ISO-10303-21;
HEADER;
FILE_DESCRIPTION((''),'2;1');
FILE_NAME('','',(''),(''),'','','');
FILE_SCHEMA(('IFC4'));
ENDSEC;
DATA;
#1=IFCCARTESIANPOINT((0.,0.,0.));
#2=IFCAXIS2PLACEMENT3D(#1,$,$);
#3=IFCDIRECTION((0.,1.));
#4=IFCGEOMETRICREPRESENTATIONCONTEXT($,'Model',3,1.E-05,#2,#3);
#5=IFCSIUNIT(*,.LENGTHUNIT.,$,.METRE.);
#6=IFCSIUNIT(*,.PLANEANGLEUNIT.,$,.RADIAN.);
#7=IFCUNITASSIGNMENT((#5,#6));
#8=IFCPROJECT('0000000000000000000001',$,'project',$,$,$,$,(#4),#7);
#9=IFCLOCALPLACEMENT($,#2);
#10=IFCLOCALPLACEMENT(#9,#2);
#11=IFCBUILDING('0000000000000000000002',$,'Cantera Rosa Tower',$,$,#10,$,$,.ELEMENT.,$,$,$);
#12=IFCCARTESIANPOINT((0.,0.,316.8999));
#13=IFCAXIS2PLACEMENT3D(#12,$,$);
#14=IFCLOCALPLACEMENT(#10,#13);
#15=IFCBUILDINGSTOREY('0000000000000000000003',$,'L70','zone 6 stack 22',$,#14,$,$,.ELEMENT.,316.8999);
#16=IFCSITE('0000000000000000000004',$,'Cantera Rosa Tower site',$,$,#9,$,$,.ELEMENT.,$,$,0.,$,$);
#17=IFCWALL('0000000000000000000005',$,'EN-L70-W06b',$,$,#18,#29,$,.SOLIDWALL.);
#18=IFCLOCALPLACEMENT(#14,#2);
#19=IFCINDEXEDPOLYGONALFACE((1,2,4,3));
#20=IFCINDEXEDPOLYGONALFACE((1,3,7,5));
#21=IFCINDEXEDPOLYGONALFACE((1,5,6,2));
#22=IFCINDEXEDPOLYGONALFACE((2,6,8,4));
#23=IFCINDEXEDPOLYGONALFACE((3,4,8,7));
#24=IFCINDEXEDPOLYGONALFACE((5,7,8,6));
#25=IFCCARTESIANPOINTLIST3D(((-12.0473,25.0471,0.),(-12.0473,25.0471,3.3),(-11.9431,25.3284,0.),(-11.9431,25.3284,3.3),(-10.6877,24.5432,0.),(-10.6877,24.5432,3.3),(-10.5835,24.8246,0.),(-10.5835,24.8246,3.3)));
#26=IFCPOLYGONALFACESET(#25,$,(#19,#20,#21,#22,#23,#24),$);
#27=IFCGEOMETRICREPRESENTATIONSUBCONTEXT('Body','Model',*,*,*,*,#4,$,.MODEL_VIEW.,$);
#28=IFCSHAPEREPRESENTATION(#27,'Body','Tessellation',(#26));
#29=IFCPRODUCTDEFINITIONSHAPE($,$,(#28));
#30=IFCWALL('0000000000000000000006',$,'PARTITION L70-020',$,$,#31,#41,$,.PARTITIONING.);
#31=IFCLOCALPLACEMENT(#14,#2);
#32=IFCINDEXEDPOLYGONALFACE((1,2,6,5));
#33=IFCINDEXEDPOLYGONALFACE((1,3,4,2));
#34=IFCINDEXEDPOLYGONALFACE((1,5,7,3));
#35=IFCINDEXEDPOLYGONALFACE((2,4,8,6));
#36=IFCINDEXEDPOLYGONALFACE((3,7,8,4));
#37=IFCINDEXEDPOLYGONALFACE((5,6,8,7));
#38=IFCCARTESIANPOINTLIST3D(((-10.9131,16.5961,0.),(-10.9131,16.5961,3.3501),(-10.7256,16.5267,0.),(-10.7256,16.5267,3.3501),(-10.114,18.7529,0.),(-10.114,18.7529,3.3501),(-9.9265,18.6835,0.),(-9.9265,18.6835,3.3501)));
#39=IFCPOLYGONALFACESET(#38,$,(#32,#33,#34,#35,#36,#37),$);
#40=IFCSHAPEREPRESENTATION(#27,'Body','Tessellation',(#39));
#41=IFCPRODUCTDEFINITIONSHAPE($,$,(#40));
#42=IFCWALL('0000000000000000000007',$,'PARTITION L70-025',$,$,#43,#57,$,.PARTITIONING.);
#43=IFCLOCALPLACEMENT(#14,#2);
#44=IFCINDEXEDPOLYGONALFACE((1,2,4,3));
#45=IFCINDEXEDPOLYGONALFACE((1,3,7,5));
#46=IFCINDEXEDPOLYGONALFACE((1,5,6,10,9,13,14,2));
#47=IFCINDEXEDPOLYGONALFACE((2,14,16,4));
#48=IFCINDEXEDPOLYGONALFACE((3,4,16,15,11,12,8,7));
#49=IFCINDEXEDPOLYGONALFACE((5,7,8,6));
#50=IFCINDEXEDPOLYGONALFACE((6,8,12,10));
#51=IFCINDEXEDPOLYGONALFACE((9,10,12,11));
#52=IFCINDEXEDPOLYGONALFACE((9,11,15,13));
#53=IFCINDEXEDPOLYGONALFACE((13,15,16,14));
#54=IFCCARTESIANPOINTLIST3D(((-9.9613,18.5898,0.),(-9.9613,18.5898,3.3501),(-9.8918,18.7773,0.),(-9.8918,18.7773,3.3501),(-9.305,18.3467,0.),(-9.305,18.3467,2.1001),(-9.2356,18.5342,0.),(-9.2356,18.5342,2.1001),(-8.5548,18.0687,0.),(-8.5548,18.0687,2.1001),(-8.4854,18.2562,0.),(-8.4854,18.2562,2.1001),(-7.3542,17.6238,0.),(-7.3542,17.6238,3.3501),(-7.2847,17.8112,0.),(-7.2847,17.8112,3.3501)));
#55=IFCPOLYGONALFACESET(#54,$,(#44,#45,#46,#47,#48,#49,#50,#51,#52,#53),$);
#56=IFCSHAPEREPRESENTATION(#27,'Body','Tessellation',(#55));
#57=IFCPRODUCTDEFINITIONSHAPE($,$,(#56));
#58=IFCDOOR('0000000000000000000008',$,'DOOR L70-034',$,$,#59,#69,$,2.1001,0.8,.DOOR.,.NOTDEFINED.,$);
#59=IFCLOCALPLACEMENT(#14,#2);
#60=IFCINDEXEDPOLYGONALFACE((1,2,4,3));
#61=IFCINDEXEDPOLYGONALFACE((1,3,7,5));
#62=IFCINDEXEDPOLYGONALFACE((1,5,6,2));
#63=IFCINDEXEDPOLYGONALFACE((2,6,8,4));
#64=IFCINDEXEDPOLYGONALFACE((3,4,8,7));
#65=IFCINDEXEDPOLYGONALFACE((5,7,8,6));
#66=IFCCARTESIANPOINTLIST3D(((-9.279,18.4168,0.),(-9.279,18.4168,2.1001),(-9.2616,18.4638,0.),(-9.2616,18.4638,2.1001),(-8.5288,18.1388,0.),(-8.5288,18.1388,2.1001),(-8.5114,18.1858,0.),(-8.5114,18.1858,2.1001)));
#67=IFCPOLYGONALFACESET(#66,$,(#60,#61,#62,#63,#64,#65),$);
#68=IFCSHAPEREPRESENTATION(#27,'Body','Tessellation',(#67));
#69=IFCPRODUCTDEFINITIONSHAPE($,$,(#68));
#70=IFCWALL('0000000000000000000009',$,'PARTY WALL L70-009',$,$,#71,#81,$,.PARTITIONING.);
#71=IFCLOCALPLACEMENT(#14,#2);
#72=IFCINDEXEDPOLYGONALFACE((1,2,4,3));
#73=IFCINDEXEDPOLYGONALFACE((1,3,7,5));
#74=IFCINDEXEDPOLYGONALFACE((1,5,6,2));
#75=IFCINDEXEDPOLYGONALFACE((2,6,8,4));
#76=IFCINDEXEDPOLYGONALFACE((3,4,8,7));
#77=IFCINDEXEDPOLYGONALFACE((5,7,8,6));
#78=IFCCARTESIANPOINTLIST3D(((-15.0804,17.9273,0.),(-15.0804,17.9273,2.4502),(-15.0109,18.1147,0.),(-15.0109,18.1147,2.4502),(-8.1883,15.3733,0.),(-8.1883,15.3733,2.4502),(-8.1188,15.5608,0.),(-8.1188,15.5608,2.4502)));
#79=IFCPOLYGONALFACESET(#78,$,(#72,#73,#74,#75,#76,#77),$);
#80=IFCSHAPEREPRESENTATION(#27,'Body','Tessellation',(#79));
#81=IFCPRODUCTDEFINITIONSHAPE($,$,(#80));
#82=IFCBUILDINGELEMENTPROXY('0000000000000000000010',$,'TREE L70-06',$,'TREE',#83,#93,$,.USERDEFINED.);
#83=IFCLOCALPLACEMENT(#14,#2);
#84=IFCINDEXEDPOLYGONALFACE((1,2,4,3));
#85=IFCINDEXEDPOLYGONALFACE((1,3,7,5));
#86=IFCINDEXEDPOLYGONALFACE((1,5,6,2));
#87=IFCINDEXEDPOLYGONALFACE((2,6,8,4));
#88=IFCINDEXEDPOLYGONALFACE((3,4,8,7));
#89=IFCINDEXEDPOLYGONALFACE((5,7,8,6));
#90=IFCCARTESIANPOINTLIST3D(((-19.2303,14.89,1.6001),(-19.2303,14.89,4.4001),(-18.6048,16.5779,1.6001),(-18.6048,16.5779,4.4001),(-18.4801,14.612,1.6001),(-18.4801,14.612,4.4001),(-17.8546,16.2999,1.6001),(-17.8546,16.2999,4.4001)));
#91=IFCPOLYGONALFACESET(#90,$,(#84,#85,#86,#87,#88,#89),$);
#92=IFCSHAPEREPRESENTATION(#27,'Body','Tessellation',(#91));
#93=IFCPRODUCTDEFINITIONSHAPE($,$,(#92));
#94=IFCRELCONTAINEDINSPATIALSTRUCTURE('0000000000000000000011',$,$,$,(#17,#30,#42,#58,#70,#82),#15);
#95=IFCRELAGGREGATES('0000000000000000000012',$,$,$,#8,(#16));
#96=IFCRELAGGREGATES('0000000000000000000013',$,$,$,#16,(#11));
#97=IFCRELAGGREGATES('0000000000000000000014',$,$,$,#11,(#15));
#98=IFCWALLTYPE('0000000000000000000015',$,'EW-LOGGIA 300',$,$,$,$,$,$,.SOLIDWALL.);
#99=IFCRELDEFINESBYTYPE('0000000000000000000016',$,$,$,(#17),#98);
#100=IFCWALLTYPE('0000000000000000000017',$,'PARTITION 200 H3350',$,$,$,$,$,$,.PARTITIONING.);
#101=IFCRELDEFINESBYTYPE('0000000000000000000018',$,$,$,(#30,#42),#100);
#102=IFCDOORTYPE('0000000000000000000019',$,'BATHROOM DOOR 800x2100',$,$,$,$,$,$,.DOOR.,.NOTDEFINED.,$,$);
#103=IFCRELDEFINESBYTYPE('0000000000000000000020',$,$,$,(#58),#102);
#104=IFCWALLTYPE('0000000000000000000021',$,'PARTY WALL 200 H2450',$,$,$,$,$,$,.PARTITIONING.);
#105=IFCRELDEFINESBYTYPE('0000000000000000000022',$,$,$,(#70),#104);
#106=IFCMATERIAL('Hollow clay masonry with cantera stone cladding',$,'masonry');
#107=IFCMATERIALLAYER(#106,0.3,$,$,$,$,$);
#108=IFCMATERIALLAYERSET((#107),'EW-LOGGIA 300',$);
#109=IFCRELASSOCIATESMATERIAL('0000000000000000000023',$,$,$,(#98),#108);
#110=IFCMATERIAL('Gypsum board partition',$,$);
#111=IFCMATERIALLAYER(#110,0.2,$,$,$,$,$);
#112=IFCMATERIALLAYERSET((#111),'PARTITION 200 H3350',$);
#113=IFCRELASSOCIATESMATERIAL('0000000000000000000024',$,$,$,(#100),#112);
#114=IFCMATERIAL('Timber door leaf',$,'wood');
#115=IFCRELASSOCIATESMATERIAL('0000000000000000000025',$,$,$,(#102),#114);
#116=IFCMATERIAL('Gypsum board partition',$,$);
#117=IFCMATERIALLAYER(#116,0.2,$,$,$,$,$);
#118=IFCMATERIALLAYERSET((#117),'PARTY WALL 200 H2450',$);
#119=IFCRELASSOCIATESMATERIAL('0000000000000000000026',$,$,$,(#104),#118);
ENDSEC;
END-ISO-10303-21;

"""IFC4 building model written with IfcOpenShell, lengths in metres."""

from ifc_helpers import new_model, si_unit, direction, frame, frame_2d, origin, origin_2d, place, context, subcontext, project, spatial, rectangle, extrude, material, layer, layer_set, type_object, element, fill, save


model = new_model("IFC4")

# Units and contexts
model_context = context("Model", 3, precision=1e-05, world=origin(), true_north=direction((0.0, 1.0)))
body_context = subcontext(model_context, "Body", "Model", "MODEL_VIEW")
ifc_project = project(units=[si_unit("LENGTHUNIT", "METRE"), si_unit("PLANEANGLEUNIT", "RADIAN")], contexts=[model_context])

# Site, building, storey
site_placement = place(None, origin())
site = spatial("IfcSite", under=ifc_project, at=site_placement, Name="Cantera Rosa Tower site", CompositionType="ELEMENT", RefElevation=0.0)
building_placement = place(site_placement, origin())
building = spatial("IfcBuilding", under=site, at=building_placement, Name="Cantera Rosa Tower", CompositionType="ELEMENT")
storey_placement = place(building_placement, frame((0.0, 0.0, 316.8999)))
storey = spatial("IfcBuildingStorey", under=building, at=storey_placement, Name="L70", Description="zone 6 stack 22", CompositionType="ELEMENT", Elevation=316.8999)

# Wall
ifc_material_1 = material(Name="Hollow clay masonry with cantera stone cladding", Category="masonry")
ifc_layer_1 = layer(ifc_material_1, 0.3)
ifc_layer_set_1 = layer_set([ifc_layer_1], Name="EW-LOGGIA 300")
wall_type_1 = type_object("IfcWallType", Name="EW-LOGGIA 300", PredefinedType="SOLIDWALL", material=ifc_layer_set_1)
wall_1_placement = place(storey_placement, frame((-10.6355, 24.6838, 0.0), z_axis=(0.0, 0.0, 1.0), x_axis=(-0.937672, 0.347523, 0.0)))
element("IfcWall", 1, at=wall_1_placement, inside=storey, type_object=wall_type_1, Name="EN-L70-W06b", PredefinedType="SOLIDWALL", context=body_context, shape_type="SweptSolid", body=[
    extrude(rectangle(XDim=1.45, YDim=0.3, at=frame_2d((0.7251, 0.0))), origin(), (0.0, 0.0, 1.0), 3.3),
])

# Wall
ifc_material_2 = material(Name="Gypsum board partition")
ifc_layer_2 = layer(ifc_material_2, 0.2)
ifc_layer_set_2 = layer_set([ifc_layer_2], Name="PARTITION 200 H3350")
wall_type_2 = type_object("IfcWallType", Name="PARTITION 200 H3350", PredefinedType="PARTITIONING", material=ifc_layer_set_2)
wall_2_placement = place(storey_placement, frame((-10.8193, 16.5615, 0.0), z_axis=(0.0, 0.0, 1.0), x_axis=(0.347422, 0.937709, 0.0)))
element("IfcWall", 2, at=wall_2_placement, inside=storey, type_object=wall_type_2, Name="PARTITION L70-020", PredefinedType="PARTITIONING", context=body_context, shape_type="SweptSolid", body=[
    extrude(rectangle(XDim=2.3, YDim=0.2, at=frame_2d((1.1499, 0.0))), origin(), (0.0, 0.0, 1.0), 3.3501),
])

# Wall, opening, door
wall_3_placement = place(storey_placement, frame((-9.9265, 18.6836, 0.0), z_axis=(0.0, 0.0, 1.0), x_axis=(0.937686, -0.347483, 0.0)))
wall_3 = element("IfcWall", 3, at=wall_3_placement, inside=storey, type_object=wall_type_2, Name="PARTITION L70-025", PredefinedType="PARTITIONING", context=body_context, shape_type="SweptSolid", body=[
    extrude(rectangle(XDim=2.7803, YDim=0.2, at=frame_2d((1.3901, 0.0))), origin(), (0.0, 0.0, 1.0), 3.3501),
])
opening_1_placement = place(wall_3_placement, frame((0.7, 0.0, 0.0)))
opening_1 = element("IfcOpeningElement", 4, at=opening_1_placement, cuts=wall_3, PredefinedType="OPENING", context=body_context, shape_type="SweptSolid", body=[
    extrude(rectangle(XDim=0.8, YDim=2.1001, at=frame_2d((0.3999, 1.05))), frame((0.0, 0.1099, 0.0), z_axis=(0.0, -1.0, 0.0), x_axis=(1.0, 0.0, 0.0)), (0.0, 0.0, 1.0), 0.22),
])
ifc_material_3 = material(Name="Timber door leaf", Category="wood")
door_type_1 = type_object("IfcDoorType", Name="BATHROOM DOOR 800x2100", OperationType="NOTDEFINED", PredefinedType="DOOR", material=ifc_material_3)
door_1_placement = place(opening_1_placement, origin())
door_1 = element("IfcDoor", 5, at=door_1_placement, inside=storey, type_object=door_type_1, Name="DOOR L70-034", OperationType="NOTDEFINED", OverallHeight=2.1001, OverallWidth=0.8, PredefinedType="DOOR", context=body_context, shape_type="SweptSolid", body=[
    extrude(rectangle(XDim=0.8, YDim=2.1001, at=frame_2d((0.3999, 1.05))), frame((0.0, 0.0249, 0.0), z_axis=(0.0, -1.0, 0.0), x_axis=(1.0, 0.0, 0.0)), (0.0, 0.0, 1.0), 0.05),
])
fill(opening_1, door_1)

# Wall
ifc_material_4 = material(Name="Gypsum board partition")
ifc_layer_3 = layer(ifc_material_4, 0.2)
ifc_layer_set_3 = layer_set([ifc_layer_3], Name="PARTY WALL 200 H2450")
wall_type_3 = type_object("IfcWallType", Name="PARTY WALL 200 H2450", PredefinedType="PARTITIONING", material=ifc_layer_set_3)
wall_4_placement = place(storey_placement, frame((-15.0457, 18.021, 0.0), z_axis=(0.0, 0.0, 1.0), x_axis=(0.93769, -0.347473, 0.0)))
element("IfcWall", 6, at=wall_4_placement, inside=storey, type_object=wall_type_3, Name="PARTY WALL L70-009", PredefinedType="PARTITIONING", context=body_context, shape_type="SweptSolid", body=[
    extrude(rectangle(XDim=7.3501, YDim=0.2, at=frame_2d((3.675, 0.0))), origin(), (0.0, 0.0, 1.0), 2.4502),
])

# Building element proxy
proxy_placement = place(storey_placement, frame((-18.5425, 15.595, 1.6001), z_axis=(0.0, 0.0, 1.0), x_axis=(-0.347481, -0.937687, 0.0)))
element("IfcBuildingElementProxy", 7, at=proxy_placement, inside=storey, Name="TREE L70-06", ObjectType="TREE", PredefinedType="USERDEFINED", context=body_context, shape_type="SweptSolid", body=[
    extrude(rectangle(XDim=1.8, YDim=0.8, at=origin_2d()), origin(), (0.0, 0.0, 1.0), 2.8),
])

save(model, "model.ifc")
